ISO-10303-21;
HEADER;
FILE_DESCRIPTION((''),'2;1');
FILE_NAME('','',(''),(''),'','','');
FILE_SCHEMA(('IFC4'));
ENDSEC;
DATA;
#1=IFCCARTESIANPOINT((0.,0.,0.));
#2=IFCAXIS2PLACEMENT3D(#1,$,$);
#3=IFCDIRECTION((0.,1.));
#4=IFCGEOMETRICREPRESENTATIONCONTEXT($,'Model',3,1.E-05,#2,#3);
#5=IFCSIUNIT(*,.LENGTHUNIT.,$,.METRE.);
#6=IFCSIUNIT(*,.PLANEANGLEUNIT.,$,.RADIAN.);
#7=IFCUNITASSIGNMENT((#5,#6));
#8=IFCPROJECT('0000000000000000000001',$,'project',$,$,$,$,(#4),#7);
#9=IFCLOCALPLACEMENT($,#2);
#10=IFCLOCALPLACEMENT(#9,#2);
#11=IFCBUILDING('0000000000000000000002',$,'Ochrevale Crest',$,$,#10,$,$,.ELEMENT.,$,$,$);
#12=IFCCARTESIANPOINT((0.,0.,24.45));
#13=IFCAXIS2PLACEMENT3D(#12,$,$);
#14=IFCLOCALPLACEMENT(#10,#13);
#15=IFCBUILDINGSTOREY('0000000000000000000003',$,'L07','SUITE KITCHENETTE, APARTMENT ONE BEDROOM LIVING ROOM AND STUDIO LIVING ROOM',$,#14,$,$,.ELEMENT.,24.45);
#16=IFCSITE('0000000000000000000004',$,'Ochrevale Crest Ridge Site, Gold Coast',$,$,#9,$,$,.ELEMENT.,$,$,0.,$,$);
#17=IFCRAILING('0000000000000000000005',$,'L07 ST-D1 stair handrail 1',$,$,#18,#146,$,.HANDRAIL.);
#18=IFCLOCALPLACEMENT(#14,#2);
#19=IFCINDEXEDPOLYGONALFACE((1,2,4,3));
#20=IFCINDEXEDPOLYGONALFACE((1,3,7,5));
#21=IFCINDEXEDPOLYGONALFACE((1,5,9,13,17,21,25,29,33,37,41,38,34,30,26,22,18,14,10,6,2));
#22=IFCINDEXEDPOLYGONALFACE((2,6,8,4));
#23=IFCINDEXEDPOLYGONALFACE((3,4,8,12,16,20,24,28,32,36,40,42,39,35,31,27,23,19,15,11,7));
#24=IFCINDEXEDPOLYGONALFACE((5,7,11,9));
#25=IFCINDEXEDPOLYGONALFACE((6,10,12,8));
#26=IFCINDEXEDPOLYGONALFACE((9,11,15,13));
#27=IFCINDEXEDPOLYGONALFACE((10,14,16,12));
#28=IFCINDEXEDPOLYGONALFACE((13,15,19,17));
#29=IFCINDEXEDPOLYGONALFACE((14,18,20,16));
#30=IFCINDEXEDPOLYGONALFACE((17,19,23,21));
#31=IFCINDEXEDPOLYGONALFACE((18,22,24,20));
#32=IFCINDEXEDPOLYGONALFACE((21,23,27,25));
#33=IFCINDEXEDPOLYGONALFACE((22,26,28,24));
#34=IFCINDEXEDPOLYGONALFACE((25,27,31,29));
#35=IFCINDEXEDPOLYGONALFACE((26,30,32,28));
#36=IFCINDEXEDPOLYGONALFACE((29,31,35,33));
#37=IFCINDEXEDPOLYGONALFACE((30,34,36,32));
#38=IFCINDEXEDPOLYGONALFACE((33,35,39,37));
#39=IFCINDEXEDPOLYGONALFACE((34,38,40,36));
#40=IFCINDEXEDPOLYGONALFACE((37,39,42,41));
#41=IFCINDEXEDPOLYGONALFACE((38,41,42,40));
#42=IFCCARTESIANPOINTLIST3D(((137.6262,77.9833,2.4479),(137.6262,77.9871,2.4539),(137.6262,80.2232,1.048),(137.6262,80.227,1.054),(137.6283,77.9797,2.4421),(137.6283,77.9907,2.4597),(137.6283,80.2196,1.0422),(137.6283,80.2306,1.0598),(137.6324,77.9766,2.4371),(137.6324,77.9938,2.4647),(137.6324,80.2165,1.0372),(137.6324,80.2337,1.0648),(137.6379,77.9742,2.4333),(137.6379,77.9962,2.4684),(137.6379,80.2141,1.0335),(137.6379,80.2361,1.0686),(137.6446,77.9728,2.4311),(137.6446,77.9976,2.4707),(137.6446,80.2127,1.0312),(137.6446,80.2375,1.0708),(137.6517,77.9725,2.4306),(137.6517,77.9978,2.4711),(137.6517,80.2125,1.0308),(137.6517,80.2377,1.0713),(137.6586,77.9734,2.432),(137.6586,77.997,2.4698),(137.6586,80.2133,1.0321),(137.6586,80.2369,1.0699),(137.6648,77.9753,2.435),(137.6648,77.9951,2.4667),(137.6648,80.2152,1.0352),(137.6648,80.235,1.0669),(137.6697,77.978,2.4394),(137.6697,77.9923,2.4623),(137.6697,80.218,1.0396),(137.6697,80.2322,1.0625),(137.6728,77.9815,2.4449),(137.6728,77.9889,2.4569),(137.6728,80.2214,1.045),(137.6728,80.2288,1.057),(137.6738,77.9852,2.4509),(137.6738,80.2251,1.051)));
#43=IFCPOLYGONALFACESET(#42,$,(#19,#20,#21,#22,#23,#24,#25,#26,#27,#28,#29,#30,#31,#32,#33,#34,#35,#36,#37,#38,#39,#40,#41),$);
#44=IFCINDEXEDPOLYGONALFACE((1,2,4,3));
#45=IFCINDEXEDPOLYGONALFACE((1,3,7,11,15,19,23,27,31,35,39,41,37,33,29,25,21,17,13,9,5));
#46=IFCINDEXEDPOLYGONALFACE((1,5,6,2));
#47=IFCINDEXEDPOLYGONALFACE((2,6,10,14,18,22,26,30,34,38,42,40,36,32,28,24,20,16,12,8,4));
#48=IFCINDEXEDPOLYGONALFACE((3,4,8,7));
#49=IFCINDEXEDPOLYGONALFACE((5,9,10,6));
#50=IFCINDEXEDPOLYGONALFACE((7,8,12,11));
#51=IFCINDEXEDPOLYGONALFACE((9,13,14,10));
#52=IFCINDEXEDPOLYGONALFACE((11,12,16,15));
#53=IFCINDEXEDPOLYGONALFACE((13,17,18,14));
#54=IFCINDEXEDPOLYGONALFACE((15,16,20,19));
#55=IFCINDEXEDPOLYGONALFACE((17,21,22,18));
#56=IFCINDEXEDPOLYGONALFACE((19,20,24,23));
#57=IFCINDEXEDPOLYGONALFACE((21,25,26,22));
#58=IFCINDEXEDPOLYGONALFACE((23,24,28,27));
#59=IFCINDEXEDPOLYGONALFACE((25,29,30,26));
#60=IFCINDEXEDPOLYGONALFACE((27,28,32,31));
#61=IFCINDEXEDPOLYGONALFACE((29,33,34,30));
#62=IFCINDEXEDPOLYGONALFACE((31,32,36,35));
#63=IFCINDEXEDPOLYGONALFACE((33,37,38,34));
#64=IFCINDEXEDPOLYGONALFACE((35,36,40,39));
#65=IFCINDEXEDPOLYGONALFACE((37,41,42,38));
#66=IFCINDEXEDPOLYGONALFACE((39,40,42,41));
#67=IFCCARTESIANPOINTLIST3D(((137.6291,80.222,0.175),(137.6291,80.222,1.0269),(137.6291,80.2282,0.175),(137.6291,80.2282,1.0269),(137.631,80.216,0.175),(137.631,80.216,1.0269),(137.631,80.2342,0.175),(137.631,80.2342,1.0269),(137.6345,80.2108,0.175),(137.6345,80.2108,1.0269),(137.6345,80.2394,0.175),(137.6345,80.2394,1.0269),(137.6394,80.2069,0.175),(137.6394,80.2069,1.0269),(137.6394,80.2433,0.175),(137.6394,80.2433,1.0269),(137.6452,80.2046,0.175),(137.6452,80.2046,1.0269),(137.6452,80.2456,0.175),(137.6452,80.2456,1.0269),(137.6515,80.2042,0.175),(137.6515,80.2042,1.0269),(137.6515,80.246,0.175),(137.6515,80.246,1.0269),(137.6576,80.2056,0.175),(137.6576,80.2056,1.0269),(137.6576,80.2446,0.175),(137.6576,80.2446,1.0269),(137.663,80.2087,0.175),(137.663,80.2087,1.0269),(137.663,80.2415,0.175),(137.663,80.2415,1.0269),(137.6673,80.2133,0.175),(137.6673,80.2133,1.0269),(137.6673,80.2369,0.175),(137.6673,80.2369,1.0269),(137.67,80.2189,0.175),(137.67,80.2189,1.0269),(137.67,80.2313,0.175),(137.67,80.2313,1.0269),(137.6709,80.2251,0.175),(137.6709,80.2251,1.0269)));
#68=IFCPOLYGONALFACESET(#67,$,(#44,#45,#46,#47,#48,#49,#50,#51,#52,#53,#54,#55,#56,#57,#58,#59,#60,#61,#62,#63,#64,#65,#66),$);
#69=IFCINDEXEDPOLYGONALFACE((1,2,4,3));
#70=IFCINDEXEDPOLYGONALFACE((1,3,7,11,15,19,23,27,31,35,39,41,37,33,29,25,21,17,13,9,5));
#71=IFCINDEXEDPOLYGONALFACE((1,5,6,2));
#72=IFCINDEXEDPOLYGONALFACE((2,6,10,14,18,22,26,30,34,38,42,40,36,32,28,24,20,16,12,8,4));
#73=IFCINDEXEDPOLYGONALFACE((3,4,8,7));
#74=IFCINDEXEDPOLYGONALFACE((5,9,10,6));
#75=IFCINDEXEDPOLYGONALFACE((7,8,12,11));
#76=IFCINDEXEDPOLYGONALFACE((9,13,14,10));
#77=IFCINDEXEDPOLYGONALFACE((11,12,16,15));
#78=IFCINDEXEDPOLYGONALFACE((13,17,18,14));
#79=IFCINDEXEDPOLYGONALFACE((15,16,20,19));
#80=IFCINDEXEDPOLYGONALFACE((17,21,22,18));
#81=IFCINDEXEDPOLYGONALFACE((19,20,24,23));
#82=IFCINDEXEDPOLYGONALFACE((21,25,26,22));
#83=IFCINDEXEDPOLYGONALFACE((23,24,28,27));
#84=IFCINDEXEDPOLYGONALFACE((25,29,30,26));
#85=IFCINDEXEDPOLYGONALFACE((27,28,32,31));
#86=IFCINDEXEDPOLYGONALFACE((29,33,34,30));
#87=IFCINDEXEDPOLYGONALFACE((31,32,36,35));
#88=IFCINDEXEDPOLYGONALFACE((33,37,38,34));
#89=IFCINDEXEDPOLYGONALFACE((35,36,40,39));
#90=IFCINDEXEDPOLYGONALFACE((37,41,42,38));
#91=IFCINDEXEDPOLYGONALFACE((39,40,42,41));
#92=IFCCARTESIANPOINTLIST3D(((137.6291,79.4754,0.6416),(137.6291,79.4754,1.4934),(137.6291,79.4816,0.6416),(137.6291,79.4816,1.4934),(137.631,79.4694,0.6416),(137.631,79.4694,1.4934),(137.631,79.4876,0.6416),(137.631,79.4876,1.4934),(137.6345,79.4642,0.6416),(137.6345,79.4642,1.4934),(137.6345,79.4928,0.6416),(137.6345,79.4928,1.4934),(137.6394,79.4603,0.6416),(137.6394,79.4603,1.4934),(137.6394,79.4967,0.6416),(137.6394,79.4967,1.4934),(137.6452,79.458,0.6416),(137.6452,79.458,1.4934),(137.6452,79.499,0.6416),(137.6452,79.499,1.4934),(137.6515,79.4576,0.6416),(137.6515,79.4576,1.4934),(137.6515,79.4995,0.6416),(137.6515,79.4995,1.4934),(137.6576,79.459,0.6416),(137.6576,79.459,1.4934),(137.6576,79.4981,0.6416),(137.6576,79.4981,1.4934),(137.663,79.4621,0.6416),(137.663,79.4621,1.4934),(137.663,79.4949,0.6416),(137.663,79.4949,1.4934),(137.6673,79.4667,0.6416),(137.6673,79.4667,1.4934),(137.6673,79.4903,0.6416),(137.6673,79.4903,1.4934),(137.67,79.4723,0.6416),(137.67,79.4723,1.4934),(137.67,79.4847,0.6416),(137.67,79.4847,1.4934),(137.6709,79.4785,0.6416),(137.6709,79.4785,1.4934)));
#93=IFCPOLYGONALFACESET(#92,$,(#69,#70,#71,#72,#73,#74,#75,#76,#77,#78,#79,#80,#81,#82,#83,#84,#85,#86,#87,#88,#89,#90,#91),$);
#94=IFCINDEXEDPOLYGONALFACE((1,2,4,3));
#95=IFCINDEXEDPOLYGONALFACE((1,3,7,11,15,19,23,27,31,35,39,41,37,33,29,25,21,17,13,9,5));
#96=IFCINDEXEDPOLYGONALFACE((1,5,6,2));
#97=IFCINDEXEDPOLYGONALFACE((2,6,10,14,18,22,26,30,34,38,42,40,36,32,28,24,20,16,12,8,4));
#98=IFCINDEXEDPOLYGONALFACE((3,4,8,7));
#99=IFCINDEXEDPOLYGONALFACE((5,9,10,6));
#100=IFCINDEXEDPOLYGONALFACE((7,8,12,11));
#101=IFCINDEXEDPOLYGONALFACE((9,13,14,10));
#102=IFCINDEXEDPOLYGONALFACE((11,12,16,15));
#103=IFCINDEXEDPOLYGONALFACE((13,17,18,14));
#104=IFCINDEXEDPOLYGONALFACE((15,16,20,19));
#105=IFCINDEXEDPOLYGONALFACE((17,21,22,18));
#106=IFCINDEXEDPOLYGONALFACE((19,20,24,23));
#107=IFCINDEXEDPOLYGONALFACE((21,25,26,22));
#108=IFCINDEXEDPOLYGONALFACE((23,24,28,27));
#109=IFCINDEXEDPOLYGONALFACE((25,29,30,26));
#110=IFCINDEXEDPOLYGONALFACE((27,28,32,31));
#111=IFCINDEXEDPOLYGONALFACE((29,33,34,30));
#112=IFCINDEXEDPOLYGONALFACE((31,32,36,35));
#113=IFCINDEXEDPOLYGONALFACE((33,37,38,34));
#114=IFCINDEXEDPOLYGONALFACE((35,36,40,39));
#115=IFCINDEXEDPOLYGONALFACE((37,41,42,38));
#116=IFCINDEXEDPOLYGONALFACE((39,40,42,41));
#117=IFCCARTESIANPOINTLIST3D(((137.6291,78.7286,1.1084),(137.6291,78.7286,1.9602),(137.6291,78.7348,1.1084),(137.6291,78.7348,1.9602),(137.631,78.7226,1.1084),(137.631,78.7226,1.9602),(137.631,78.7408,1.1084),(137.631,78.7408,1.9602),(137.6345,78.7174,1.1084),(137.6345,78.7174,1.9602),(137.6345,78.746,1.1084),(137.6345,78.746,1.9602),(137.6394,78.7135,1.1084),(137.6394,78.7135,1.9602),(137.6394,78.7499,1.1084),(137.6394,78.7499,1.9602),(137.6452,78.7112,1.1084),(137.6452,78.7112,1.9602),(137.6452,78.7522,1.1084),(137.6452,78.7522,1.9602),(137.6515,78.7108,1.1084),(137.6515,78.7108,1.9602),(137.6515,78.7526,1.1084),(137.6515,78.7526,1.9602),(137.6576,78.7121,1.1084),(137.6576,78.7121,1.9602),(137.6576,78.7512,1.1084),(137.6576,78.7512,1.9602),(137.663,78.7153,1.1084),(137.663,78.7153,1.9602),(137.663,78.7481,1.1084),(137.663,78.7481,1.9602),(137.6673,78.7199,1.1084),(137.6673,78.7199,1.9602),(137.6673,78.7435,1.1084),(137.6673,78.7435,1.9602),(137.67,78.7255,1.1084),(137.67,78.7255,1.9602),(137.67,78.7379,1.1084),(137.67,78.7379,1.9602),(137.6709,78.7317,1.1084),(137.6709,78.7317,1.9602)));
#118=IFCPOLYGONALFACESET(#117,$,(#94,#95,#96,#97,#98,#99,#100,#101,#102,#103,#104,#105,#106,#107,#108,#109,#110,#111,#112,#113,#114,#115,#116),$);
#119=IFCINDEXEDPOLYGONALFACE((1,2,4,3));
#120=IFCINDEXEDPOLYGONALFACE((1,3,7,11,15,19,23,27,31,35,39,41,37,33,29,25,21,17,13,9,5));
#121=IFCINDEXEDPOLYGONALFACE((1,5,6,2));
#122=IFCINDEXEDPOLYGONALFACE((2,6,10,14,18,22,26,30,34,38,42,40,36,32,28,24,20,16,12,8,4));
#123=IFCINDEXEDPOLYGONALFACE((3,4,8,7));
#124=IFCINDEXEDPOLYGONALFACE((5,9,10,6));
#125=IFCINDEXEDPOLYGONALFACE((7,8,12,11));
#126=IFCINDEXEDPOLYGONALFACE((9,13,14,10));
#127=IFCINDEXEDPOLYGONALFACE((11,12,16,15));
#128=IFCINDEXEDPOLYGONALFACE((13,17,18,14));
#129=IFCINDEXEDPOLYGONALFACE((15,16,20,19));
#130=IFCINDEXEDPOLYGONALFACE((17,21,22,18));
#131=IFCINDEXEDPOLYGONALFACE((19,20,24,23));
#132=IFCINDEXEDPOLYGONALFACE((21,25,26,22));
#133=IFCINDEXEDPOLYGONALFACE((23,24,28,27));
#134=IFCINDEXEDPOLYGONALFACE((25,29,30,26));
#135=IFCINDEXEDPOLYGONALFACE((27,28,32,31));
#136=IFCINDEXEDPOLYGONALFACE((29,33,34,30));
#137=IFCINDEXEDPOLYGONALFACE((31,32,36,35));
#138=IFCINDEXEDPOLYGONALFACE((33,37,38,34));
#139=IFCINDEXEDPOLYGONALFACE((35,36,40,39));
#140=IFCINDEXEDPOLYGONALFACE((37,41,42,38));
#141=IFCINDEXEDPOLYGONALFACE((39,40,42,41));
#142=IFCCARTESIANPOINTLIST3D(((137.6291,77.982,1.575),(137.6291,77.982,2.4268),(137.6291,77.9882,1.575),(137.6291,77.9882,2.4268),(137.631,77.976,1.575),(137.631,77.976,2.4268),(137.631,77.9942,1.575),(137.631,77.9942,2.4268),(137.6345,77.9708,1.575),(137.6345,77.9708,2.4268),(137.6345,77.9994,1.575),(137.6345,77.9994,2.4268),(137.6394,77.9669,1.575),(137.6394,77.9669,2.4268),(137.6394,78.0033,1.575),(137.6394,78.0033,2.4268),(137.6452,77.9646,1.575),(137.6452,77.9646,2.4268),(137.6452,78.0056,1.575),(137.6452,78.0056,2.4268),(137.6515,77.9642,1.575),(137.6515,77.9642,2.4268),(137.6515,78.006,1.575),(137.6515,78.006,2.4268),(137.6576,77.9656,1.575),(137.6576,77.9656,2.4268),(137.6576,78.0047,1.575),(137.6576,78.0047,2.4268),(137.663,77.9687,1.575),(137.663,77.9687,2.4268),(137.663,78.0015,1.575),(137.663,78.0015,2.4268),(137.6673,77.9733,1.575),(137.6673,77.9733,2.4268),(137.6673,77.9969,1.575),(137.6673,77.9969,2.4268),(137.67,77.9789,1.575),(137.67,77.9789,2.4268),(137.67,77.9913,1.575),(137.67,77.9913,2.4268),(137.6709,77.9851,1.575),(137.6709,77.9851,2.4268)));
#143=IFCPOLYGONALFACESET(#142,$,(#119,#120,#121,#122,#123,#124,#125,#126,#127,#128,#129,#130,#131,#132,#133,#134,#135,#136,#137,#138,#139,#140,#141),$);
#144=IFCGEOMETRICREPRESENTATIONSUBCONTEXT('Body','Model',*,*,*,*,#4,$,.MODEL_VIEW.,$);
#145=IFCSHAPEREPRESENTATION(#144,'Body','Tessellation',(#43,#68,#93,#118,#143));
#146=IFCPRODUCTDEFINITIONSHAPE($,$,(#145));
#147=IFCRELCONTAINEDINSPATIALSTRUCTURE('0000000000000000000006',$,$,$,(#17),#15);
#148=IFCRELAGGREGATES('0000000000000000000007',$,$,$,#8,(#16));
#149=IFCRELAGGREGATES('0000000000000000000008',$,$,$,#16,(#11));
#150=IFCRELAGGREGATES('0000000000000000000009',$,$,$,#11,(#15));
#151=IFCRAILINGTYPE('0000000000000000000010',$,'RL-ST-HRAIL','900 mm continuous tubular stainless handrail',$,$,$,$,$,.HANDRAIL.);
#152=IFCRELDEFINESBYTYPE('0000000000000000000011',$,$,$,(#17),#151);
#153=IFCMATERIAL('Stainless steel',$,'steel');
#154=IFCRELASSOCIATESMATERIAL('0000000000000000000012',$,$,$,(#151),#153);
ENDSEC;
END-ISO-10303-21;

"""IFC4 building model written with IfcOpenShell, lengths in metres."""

from ifc_helpers import new_model, si_unit, direction, frame, origin, origin_2d, place, context, subcontext, project, spatial, circle, extrude, material, type_object, element, save


model = new_model("IFC4")

# Units and contexts
model_context = context("Model", 3, precision=1e-05, world=origin(), true_north=direction((0.0, 1.0)))
body_context = subcontext(model_context, "Body", "Model", "MODEL_VIEW")
ifc_project = project(units=[si_unit("LENGTHUNIT", "METRE"), si_unit("PLANEANGLEUNIT", "RADIAN")], contexts=[model_context])

# Site, building, storey
site_placement = place(None, origin())
site = spatial("IfcSite", under=ifc_project, at=site_placement, Name="Ochrevale Crest Ridge Site, Gold Coast", CompositionType="ELEMENT", RefElevation=0.0)
building_placement = place(site_placement, origin())
building = spatial("IfcBuilding", under=site, at=building_placement, Name="Ochrevale Crest", CompositionType="ELEMENT")
storey_placement = place(building_placement, frame((0.0, 0.0, 24.45)))
storey = spatial("IfcBuildingStorey", under=building, at=storey_placement, Name="L07", Description="SUITE KITCHENETTE, APARTMENT ONE BEDROOM LIVING ROOM AND STUDIO LIVING ROOM", CompositionType="ELEMENT", Elevation=24.45)

# Railing
ifc_material_1 = material(Name="Stainless steel", Category="steel")
railing_type_1 = type_object("IfcRailingType", Name="RL-ST-HRAIL", Description="900 mm continuous tubular stainless handrail", PredefinedType="HANDRAIL", material=ifc_material_1)
railing_1_placement = place(storey_placement, frame((137.6499, 80.2251, 0.175)))
element("IfcRailing", 1, at=railing_1_placement, inside=storey, type_object=railing_type_1, Name="L07 ST-D1 stair handrail 1", PredefinedType="HANDRAIL", context=body_context, shape_type="SweptSolid", body=[
    extrude(circle(Radius=0.0239, at=origin_2d()), frame((0.0, 0.0, 0.876), z_axis=(0.0, -0.848014, 0.529974), x_axis=(1.0, 0.0, 0.0)), (0.0, 0.0, 1.0), 2.6414),
    extrude(circle(Radius=0.021, at=origin_2d()), origin(), (0.0, 0.0, 1.0), 0.8518),
    extrude(circle(Radius=0.021, at=origin_2d()), frame((0.0, -0.7466, 0.4666)), (0.0, 0.0, 1.0), 0.8518),
    extrude(circle(Radius=0.021, at=origin_2d()), frame((0.0, -1.4934, 0.9333)), (0.0, 0.0, 1.0), 0.8518),
    extrude(circle(Radius=0.021, at=origin_2d()), frame((0.0, -2.24, 1.3999)), (0.0, 0.0, 1.0), 0.8518),
])

save(model, "model.ifc")
